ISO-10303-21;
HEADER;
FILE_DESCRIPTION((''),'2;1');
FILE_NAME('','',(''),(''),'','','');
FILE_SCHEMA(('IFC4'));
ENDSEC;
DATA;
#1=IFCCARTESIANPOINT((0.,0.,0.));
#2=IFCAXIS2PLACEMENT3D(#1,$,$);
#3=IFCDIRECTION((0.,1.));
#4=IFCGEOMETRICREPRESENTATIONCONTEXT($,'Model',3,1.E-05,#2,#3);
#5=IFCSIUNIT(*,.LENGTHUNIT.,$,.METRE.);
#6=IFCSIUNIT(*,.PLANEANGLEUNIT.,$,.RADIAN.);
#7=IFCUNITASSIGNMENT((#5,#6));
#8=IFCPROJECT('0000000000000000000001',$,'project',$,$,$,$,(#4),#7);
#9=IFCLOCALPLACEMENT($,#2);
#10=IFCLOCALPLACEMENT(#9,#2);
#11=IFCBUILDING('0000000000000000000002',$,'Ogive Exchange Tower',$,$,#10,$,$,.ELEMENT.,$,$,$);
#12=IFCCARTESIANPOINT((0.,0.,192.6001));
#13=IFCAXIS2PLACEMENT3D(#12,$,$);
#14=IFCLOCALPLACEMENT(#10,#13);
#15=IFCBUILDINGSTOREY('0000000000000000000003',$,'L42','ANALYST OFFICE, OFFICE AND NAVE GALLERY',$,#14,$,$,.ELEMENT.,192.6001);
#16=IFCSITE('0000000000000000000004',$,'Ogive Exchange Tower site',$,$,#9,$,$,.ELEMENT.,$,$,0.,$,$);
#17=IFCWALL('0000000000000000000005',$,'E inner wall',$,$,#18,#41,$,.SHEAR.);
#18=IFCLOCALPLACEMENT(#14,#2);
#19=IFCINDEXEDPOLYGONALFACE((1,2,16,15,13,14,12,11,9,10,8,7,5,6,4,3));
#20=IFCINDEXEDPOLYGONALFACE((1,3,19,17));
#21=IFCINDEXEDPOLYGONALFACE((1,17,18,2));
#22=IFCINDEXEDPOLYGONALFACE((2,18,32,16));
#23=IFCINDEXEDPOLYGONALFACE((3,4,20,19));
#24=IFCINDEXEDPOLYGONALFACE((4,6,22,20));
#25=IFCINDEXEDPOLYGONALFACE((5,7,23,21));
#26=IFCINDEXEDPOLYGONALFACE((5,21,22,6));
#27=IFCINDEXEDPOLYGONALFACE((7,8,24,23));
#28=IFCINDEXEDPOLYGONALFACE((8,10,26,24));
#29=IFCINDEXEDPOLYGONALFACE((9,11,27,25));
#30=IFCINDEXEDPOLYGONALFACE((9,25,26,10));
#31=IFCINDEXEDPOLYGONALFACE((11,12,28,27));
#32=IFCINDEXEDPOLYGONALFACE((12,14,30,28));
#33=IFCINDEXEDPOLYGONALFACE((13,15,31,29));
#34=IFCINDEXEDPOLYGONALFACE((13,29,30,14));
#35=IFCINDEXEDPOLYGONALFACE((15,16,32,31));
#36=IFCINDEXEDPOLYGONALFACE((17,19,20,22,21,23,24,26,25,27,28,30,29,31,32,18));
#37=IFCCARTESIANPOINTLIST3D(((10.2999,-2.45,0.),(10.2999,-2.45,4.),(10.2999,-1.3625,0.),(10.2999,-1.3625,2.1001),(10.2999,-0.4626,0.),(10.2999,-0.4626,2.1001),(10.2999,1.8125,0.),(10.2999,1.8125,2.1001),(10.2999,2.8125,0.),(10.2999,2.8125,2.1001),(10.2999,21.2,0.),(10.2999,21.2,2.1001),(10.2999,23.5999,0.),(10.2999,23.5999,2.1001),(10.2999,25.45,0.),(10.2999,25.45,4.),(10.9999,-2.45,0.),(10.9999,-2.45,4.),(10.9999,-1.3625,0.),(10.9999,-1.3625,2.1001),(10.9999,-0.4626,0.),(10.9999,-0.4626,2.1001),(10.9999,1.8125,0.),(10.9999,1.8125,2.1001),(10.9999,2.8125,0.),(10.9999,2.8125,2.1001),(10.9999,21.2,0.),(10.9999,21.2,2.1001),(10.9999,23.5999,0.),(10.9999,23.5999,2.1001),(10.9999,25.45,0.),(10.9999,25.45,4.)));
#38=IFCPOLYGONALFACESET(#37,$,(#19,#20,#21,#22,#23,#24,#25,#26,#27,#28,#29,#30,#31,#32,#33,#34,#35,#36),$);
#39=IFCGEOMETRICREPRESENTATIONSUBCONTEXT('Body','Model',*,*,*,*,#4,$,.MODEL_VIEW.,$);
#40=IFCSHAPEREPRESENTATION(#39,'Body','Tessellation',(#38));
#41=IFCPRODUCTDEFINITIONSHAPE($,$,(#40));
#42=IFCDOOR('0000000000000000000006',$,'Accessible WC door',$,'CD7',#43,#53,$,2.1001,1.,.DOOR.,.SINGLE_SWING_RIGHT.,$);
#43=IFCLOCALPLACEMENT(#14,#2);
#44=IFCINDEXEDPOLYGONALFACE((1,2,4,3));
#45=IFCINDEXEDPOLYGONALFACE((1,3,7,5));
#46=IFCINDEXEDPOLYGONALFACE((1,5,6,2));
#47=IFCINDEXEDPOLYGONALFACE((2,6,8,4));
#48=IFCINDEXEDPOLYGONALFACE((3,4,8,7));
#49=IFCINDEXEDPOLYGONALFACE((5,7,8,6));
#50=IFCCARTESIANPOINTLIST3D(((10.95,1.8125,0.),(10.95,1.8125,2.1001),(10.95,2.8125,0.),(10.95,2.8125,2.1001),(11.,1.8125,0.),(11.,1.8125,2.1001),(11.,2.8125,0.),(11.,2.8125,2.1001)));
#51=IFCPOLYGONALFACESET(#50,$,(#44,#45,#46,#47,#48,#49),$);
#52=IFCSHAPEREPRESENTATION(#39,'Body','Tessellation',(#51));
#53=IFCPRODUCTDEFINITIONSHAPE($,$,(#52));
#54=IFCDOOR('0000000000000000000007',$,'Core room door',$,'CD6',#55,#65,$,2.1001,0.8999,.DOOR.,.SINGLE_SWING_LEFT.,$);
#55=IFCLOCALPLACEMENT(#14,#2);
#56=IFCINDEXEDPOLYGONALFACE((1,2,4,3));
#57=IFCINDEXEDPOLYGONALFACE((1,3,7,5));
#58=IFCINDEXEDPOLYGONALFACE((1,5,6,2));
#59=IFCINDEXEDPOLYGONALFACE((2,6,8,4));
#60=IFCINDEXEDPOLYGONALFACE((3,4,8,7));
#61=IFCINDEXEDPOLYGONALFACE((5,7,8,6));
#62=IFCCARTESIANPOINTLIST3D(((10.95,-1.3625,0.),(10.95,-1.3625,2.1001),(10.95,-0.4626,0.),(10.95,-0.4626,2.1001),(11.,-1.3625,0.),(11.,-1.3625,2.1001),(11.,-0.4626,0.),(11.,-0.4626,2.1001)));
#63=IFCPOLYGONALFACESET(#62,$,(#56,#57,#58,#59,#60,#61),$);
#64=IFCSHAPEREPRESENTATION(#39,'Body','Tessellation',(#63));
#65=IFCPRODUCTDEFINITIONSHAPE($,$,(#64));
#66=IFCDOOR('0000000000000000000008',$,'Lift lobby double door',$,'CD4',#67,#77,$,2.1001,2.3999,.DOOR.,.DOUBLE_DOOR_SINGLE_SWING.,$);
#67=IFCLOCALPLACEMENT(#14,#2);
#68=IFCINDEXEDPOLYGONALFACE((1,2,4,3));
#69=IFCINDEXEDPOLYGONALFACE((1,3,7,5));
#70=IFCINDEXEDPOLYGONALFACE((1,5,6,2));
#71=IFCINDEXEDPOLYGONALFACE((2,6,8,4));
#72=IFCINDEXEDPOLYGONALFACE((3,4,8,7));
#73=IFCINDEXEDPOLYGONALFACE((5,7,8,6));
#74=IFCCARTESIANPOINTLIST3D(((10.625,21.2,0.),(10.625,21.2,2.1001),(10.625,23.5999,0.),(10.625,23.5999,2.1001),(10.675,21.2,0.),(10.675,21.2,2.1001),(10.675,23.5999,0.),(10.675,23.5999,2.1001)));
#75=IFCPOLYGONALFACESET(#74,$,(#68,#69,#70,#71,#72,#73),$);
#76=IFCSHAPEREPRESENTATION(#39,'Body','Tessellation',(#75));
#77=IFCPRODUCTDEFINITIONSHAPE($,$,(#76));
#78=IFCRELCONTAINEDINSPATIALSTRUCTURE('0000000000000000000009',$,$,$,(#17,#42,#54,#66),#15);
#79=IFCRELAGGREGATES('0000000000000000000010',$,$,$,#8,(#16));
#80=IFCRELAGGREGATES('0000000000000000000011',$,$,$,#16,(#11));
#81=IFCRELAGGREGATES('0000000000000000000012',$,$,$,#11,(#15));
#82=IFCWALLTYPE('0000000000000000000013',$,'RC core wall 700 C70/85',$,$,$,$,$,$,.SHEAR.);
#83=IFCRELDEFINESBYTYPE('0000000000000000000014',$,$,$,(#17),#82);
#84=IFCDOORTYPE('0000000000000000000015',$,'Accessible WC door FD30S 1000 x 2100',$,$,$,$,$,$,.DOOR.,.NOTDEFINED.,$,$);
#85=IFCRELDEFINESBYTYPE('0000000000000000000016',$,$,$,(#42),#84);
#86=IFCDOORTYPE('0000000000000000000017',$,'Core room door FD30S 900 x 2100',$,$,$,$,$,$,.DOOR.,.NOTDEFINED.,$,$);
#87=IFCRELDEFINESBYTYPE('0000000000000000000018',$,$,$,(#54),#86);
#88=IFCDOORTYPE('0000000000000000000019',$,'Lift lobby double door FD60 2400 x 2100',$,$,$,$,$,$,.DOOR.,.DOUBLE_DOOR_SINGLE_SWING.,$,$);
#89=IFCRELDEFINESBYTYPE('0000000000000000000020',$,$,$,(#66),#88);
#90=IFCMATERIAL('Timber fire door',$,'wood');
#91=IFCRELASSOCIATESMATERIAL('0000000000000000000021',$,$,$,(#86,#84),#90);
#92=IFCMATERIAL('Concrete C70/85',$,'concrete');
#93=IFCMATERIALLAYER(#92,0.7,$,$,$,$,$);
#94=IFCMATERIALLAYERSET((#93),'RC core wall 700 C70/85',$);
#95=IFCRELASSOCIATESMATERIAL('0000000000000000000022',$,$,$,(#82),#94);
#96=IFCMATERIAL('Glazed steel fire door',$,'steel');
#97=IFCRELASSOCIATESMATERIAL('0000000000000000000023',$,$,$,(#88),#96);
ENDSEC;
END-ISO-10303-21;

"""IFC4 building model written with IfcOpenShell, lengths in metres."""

from ifc_helpers import new_model, si_unit, direction, frame, frame_2d, origin, place, context, subcontext, project, spatial, rectangle, extrude, material, layer, layer_set, type_object, element, fill, save


model = new_model("IFC4")

# Units and contexts
model_context = context("Model", 3, precision=1e-05, world=origin(), true_north=direction((0.0, 1.0)))
body_context = subcontext(model_context, "Body", "Model", "MODEL_VIEW")
ifc_project = project(units=[si_unit("LENGTHUNIT", "METRE"), si_unit("PLANEANGLEUNIT", "RADIAN")], contexts=[model_context])

# Site, building, storey
site_placement = place(None, origin())
site = spatial("IfcSite", under=ifc_project, at=site_placement, Name="Ogive Exchange Tower site", CompositionType="ELEMENT", RefElevation=0.0)
building_placement = place(site_placement, origin())
building = spatial("IfcBuilding", under=site, at=building_placement, Name="Ogive Exchange Tower", CompositionType="ELEMENT")
storey_placement = place(building_placement, frame((0.0, 0.0, 192.6001)))
storey = spatial("IfcBuildingStorey", under=building, at=storey_placement, Name="L42", Description="ANALYST OFFICE, OFFICE AND NAVE GALLERY", CompositionType="ELEMENT", Elevation=192.6001)

# Shared definitions
ifc_material_1 = material(Name="Concrete C70/85", Category="concrete")

# Shared definitions
ifc_material_2 = material(Name="Timber fire door", Category="wood")
door_type_1 = type_object("IfcDoorType", Name="Core room door FD30S 900 x 2100", OperationType="NOTDEFINED", PredefinedType="DOOR", material=ifc_material_2)

# Wall, openings, doors
ifc_layer_1 = layer(ifc_material_1, 0.7)
ifc_layer_set_1 = layer_set([ifc_layer_1], Name="RC core wall 700 C70/85")
wall_type_1 = type_object("IfcWallType", Name="RC core wall 700 C70/85", PredefinedType="SHEAR", material=ifc_layer_set_1)
wall_1_placement = place(storey_placement, frame((10.6499, -2.45, 0.0), z_axis=(0.0, 0.0, 1.0), x_axis=(0.0, 1.0, 0.0)))
wall_1 = element("IfcWall", 1, at=wall_1_placement, inside=storey, type_object=wall_type_1, Name="E inner wall", PredefinedType="SHEAR", context=body_context, shape_type="SweptSolid", body=[
    extrude(rectangle(XDim=27.8999, YDim=0.7, at=frame_2d((13.95, 0.0))), origin(), (0.0, 0.0, 1.0), 4.0),
])
opening_1_placement = place(wall_1_placement, frame((23.6499, 0.0, 0.0)))
opening_1 = element("IfcOpeningElement", 2, at=opening_1_placement, cuts=wall_1, PredefinedType="OPENING", context=body_context, shape_type="SweptSolid", body=[
    extrude(rectangle(XDim=2.3999, YDim=2.1001, at=frame_2d((1.2, 1.05))), frame((0.0, 0.3599, 0.0), z_axis=(0.0, -1.0, 0.0), x_axis=(1.0, 0.0, 0.0)), (0.0, 0.0, 1.0), 0.72),
])
opening_2_placement = place(wall_1_placement, frame((1.0874, 0.0, 0.0)))
opening_2 = element("IfcOpeningElement", 3, at=opening_2_placement, cuts=wall_1, PredefinedType="OPENING", context=body_context, shape_type="SweptSolid", body=[
    extrude(rectangle(XDim=0.8999, YDim=2.1001, at=frame_2d((0.45, 1.05))), frame((0.0, 0.3599, 0.0), z_axis=(0.0, -1.0, 0.0), x_axis=(1.0, 0.0, 0.0)), (0.0, 0.0, 1.0), 0.72),
])
opening_3_placement = place(wall_1_placement, frame((4.2625, 0.0, 0.0)))
opening_3 = element("IfcOpeningElement", 4, at=opening_3_placement, cuts=wall_1, PredefinedType="OPENING", context=body_context, shape_type="SweptSolid", body=[
    extrude(rectangle(XDim=1.0, YDim=2.1001, at=frame_2d((0.5, 1.05))), frame((0.0, 0.3599, 0.0), z_axis=(0.0, -1.0, 0.0), x_axis=(1.0, 0.0, 0.0)), (0.0, 0.0, 1.0), 0.72),
])
door_type_2 = type_object("IfcDoorType", Name="Accessible WC door FD30S 1000 x 2100", OperationType="NOTDEFINED", PredefinedType="DOOR", material=ifc_material_2)
door_1_placement = place(opening_3_placement, frame((1.0, -0.6499, 0.0), z_axis=(0.0, 0.0, 1.0), x_axis=(-1.0, 0.0, 0.0)))
door_1 = element("IfcDoor", 5, at=door_1_placement, inside=storey, type_object=door_type_2, Name="Accessible WC door", ObjectType="CD7", OperationType="SINGLE_SWING_RIGHT", OverallHeight=2.1001, OverallWidth=1.0, PredefinedType="DOOR", context=body_context, shape_type="SweptSolid", body=[
    extrude(rectangle(XDim=1.0, YDim=2.1001, at=frame_2d((0.5, 1.05))), frame((0.0, -0.2998, 0.0), z_axis=(0.0, -1.0, 0.0), x_axis=(1.0, 0.0, 0.0)), (0.0, 0.0, 1.0), 0.05),
])
fill(opening_3, door_1)
door_2_placement = place(opening_2_placement, frame((0.8999, -0.6499, 0.0), z_axis=(0.0, 0.0, 1.0), x_axis=(-1.0, 0.0, 0.0)))
door_2 = element("IfcDoor", 6, at=door_2_placement, inside=storey, type_object=door_type_1, Name="Core room door", ObjectType="CD6", OperationType="SINGLE_SWING_LEFT", OverallHeight=2.1001, OverallWidth=0.8999, PredefinedType="DOOR", context=body_context, shape_type="SweptSolid", body=[
    extrude(rectangle(XDim=0.8999, YDim=2.1001, at=frame_2d((0.45, 1.05))), frame((0.0, -0.2998, 0.0), z_axis=(0.0, -1.0, 0.0), x_axis=(1.0, 0.0, 0.0)), (0.0, 0.0, 1.0), 0.05),
])
fill(opening_2, door_2)
ifc_material_3 = material(Name="Glazed steel fire door", Category="steel")
door_type_3 = type_object("IfcDoorType", Name="Lift lobby double door FD60 2400 x 2100", OperationType="DOUBLE_DOOR_SINGLE_SWING", PredefinedType="DOOR", material=ifc_material_3)
door_3_placement = place(opening_1_placement, origin())
door_3 = element("IfcDoor", 7, at=door_3_placement, inside=storey, type_object=door_type_3, Name="Lift lobby double door", ObjectType="CD4", OperationType="DOUBLE_DOOR_SINGLE_SWING", OverallHeight=2.1001, OverallWidth=2.3999, PredefinedType="DOOR", context=body_context, shape_type="SweptSolid", body=[
    extrude(rectangle(XDim=2.3999, YDim=2.1001, at=frame_2d((1.2, 1.05))), frame((0.0, 0.0249, 0.0), z_axis=(0.0, -1.0, 0.0), x_axis=(1.0, 0.0, 0.0)), (0.0, 0.0, 1.0), 0.05),
])
fill(opening_1, door_3)

save(model, "model.ifc")
